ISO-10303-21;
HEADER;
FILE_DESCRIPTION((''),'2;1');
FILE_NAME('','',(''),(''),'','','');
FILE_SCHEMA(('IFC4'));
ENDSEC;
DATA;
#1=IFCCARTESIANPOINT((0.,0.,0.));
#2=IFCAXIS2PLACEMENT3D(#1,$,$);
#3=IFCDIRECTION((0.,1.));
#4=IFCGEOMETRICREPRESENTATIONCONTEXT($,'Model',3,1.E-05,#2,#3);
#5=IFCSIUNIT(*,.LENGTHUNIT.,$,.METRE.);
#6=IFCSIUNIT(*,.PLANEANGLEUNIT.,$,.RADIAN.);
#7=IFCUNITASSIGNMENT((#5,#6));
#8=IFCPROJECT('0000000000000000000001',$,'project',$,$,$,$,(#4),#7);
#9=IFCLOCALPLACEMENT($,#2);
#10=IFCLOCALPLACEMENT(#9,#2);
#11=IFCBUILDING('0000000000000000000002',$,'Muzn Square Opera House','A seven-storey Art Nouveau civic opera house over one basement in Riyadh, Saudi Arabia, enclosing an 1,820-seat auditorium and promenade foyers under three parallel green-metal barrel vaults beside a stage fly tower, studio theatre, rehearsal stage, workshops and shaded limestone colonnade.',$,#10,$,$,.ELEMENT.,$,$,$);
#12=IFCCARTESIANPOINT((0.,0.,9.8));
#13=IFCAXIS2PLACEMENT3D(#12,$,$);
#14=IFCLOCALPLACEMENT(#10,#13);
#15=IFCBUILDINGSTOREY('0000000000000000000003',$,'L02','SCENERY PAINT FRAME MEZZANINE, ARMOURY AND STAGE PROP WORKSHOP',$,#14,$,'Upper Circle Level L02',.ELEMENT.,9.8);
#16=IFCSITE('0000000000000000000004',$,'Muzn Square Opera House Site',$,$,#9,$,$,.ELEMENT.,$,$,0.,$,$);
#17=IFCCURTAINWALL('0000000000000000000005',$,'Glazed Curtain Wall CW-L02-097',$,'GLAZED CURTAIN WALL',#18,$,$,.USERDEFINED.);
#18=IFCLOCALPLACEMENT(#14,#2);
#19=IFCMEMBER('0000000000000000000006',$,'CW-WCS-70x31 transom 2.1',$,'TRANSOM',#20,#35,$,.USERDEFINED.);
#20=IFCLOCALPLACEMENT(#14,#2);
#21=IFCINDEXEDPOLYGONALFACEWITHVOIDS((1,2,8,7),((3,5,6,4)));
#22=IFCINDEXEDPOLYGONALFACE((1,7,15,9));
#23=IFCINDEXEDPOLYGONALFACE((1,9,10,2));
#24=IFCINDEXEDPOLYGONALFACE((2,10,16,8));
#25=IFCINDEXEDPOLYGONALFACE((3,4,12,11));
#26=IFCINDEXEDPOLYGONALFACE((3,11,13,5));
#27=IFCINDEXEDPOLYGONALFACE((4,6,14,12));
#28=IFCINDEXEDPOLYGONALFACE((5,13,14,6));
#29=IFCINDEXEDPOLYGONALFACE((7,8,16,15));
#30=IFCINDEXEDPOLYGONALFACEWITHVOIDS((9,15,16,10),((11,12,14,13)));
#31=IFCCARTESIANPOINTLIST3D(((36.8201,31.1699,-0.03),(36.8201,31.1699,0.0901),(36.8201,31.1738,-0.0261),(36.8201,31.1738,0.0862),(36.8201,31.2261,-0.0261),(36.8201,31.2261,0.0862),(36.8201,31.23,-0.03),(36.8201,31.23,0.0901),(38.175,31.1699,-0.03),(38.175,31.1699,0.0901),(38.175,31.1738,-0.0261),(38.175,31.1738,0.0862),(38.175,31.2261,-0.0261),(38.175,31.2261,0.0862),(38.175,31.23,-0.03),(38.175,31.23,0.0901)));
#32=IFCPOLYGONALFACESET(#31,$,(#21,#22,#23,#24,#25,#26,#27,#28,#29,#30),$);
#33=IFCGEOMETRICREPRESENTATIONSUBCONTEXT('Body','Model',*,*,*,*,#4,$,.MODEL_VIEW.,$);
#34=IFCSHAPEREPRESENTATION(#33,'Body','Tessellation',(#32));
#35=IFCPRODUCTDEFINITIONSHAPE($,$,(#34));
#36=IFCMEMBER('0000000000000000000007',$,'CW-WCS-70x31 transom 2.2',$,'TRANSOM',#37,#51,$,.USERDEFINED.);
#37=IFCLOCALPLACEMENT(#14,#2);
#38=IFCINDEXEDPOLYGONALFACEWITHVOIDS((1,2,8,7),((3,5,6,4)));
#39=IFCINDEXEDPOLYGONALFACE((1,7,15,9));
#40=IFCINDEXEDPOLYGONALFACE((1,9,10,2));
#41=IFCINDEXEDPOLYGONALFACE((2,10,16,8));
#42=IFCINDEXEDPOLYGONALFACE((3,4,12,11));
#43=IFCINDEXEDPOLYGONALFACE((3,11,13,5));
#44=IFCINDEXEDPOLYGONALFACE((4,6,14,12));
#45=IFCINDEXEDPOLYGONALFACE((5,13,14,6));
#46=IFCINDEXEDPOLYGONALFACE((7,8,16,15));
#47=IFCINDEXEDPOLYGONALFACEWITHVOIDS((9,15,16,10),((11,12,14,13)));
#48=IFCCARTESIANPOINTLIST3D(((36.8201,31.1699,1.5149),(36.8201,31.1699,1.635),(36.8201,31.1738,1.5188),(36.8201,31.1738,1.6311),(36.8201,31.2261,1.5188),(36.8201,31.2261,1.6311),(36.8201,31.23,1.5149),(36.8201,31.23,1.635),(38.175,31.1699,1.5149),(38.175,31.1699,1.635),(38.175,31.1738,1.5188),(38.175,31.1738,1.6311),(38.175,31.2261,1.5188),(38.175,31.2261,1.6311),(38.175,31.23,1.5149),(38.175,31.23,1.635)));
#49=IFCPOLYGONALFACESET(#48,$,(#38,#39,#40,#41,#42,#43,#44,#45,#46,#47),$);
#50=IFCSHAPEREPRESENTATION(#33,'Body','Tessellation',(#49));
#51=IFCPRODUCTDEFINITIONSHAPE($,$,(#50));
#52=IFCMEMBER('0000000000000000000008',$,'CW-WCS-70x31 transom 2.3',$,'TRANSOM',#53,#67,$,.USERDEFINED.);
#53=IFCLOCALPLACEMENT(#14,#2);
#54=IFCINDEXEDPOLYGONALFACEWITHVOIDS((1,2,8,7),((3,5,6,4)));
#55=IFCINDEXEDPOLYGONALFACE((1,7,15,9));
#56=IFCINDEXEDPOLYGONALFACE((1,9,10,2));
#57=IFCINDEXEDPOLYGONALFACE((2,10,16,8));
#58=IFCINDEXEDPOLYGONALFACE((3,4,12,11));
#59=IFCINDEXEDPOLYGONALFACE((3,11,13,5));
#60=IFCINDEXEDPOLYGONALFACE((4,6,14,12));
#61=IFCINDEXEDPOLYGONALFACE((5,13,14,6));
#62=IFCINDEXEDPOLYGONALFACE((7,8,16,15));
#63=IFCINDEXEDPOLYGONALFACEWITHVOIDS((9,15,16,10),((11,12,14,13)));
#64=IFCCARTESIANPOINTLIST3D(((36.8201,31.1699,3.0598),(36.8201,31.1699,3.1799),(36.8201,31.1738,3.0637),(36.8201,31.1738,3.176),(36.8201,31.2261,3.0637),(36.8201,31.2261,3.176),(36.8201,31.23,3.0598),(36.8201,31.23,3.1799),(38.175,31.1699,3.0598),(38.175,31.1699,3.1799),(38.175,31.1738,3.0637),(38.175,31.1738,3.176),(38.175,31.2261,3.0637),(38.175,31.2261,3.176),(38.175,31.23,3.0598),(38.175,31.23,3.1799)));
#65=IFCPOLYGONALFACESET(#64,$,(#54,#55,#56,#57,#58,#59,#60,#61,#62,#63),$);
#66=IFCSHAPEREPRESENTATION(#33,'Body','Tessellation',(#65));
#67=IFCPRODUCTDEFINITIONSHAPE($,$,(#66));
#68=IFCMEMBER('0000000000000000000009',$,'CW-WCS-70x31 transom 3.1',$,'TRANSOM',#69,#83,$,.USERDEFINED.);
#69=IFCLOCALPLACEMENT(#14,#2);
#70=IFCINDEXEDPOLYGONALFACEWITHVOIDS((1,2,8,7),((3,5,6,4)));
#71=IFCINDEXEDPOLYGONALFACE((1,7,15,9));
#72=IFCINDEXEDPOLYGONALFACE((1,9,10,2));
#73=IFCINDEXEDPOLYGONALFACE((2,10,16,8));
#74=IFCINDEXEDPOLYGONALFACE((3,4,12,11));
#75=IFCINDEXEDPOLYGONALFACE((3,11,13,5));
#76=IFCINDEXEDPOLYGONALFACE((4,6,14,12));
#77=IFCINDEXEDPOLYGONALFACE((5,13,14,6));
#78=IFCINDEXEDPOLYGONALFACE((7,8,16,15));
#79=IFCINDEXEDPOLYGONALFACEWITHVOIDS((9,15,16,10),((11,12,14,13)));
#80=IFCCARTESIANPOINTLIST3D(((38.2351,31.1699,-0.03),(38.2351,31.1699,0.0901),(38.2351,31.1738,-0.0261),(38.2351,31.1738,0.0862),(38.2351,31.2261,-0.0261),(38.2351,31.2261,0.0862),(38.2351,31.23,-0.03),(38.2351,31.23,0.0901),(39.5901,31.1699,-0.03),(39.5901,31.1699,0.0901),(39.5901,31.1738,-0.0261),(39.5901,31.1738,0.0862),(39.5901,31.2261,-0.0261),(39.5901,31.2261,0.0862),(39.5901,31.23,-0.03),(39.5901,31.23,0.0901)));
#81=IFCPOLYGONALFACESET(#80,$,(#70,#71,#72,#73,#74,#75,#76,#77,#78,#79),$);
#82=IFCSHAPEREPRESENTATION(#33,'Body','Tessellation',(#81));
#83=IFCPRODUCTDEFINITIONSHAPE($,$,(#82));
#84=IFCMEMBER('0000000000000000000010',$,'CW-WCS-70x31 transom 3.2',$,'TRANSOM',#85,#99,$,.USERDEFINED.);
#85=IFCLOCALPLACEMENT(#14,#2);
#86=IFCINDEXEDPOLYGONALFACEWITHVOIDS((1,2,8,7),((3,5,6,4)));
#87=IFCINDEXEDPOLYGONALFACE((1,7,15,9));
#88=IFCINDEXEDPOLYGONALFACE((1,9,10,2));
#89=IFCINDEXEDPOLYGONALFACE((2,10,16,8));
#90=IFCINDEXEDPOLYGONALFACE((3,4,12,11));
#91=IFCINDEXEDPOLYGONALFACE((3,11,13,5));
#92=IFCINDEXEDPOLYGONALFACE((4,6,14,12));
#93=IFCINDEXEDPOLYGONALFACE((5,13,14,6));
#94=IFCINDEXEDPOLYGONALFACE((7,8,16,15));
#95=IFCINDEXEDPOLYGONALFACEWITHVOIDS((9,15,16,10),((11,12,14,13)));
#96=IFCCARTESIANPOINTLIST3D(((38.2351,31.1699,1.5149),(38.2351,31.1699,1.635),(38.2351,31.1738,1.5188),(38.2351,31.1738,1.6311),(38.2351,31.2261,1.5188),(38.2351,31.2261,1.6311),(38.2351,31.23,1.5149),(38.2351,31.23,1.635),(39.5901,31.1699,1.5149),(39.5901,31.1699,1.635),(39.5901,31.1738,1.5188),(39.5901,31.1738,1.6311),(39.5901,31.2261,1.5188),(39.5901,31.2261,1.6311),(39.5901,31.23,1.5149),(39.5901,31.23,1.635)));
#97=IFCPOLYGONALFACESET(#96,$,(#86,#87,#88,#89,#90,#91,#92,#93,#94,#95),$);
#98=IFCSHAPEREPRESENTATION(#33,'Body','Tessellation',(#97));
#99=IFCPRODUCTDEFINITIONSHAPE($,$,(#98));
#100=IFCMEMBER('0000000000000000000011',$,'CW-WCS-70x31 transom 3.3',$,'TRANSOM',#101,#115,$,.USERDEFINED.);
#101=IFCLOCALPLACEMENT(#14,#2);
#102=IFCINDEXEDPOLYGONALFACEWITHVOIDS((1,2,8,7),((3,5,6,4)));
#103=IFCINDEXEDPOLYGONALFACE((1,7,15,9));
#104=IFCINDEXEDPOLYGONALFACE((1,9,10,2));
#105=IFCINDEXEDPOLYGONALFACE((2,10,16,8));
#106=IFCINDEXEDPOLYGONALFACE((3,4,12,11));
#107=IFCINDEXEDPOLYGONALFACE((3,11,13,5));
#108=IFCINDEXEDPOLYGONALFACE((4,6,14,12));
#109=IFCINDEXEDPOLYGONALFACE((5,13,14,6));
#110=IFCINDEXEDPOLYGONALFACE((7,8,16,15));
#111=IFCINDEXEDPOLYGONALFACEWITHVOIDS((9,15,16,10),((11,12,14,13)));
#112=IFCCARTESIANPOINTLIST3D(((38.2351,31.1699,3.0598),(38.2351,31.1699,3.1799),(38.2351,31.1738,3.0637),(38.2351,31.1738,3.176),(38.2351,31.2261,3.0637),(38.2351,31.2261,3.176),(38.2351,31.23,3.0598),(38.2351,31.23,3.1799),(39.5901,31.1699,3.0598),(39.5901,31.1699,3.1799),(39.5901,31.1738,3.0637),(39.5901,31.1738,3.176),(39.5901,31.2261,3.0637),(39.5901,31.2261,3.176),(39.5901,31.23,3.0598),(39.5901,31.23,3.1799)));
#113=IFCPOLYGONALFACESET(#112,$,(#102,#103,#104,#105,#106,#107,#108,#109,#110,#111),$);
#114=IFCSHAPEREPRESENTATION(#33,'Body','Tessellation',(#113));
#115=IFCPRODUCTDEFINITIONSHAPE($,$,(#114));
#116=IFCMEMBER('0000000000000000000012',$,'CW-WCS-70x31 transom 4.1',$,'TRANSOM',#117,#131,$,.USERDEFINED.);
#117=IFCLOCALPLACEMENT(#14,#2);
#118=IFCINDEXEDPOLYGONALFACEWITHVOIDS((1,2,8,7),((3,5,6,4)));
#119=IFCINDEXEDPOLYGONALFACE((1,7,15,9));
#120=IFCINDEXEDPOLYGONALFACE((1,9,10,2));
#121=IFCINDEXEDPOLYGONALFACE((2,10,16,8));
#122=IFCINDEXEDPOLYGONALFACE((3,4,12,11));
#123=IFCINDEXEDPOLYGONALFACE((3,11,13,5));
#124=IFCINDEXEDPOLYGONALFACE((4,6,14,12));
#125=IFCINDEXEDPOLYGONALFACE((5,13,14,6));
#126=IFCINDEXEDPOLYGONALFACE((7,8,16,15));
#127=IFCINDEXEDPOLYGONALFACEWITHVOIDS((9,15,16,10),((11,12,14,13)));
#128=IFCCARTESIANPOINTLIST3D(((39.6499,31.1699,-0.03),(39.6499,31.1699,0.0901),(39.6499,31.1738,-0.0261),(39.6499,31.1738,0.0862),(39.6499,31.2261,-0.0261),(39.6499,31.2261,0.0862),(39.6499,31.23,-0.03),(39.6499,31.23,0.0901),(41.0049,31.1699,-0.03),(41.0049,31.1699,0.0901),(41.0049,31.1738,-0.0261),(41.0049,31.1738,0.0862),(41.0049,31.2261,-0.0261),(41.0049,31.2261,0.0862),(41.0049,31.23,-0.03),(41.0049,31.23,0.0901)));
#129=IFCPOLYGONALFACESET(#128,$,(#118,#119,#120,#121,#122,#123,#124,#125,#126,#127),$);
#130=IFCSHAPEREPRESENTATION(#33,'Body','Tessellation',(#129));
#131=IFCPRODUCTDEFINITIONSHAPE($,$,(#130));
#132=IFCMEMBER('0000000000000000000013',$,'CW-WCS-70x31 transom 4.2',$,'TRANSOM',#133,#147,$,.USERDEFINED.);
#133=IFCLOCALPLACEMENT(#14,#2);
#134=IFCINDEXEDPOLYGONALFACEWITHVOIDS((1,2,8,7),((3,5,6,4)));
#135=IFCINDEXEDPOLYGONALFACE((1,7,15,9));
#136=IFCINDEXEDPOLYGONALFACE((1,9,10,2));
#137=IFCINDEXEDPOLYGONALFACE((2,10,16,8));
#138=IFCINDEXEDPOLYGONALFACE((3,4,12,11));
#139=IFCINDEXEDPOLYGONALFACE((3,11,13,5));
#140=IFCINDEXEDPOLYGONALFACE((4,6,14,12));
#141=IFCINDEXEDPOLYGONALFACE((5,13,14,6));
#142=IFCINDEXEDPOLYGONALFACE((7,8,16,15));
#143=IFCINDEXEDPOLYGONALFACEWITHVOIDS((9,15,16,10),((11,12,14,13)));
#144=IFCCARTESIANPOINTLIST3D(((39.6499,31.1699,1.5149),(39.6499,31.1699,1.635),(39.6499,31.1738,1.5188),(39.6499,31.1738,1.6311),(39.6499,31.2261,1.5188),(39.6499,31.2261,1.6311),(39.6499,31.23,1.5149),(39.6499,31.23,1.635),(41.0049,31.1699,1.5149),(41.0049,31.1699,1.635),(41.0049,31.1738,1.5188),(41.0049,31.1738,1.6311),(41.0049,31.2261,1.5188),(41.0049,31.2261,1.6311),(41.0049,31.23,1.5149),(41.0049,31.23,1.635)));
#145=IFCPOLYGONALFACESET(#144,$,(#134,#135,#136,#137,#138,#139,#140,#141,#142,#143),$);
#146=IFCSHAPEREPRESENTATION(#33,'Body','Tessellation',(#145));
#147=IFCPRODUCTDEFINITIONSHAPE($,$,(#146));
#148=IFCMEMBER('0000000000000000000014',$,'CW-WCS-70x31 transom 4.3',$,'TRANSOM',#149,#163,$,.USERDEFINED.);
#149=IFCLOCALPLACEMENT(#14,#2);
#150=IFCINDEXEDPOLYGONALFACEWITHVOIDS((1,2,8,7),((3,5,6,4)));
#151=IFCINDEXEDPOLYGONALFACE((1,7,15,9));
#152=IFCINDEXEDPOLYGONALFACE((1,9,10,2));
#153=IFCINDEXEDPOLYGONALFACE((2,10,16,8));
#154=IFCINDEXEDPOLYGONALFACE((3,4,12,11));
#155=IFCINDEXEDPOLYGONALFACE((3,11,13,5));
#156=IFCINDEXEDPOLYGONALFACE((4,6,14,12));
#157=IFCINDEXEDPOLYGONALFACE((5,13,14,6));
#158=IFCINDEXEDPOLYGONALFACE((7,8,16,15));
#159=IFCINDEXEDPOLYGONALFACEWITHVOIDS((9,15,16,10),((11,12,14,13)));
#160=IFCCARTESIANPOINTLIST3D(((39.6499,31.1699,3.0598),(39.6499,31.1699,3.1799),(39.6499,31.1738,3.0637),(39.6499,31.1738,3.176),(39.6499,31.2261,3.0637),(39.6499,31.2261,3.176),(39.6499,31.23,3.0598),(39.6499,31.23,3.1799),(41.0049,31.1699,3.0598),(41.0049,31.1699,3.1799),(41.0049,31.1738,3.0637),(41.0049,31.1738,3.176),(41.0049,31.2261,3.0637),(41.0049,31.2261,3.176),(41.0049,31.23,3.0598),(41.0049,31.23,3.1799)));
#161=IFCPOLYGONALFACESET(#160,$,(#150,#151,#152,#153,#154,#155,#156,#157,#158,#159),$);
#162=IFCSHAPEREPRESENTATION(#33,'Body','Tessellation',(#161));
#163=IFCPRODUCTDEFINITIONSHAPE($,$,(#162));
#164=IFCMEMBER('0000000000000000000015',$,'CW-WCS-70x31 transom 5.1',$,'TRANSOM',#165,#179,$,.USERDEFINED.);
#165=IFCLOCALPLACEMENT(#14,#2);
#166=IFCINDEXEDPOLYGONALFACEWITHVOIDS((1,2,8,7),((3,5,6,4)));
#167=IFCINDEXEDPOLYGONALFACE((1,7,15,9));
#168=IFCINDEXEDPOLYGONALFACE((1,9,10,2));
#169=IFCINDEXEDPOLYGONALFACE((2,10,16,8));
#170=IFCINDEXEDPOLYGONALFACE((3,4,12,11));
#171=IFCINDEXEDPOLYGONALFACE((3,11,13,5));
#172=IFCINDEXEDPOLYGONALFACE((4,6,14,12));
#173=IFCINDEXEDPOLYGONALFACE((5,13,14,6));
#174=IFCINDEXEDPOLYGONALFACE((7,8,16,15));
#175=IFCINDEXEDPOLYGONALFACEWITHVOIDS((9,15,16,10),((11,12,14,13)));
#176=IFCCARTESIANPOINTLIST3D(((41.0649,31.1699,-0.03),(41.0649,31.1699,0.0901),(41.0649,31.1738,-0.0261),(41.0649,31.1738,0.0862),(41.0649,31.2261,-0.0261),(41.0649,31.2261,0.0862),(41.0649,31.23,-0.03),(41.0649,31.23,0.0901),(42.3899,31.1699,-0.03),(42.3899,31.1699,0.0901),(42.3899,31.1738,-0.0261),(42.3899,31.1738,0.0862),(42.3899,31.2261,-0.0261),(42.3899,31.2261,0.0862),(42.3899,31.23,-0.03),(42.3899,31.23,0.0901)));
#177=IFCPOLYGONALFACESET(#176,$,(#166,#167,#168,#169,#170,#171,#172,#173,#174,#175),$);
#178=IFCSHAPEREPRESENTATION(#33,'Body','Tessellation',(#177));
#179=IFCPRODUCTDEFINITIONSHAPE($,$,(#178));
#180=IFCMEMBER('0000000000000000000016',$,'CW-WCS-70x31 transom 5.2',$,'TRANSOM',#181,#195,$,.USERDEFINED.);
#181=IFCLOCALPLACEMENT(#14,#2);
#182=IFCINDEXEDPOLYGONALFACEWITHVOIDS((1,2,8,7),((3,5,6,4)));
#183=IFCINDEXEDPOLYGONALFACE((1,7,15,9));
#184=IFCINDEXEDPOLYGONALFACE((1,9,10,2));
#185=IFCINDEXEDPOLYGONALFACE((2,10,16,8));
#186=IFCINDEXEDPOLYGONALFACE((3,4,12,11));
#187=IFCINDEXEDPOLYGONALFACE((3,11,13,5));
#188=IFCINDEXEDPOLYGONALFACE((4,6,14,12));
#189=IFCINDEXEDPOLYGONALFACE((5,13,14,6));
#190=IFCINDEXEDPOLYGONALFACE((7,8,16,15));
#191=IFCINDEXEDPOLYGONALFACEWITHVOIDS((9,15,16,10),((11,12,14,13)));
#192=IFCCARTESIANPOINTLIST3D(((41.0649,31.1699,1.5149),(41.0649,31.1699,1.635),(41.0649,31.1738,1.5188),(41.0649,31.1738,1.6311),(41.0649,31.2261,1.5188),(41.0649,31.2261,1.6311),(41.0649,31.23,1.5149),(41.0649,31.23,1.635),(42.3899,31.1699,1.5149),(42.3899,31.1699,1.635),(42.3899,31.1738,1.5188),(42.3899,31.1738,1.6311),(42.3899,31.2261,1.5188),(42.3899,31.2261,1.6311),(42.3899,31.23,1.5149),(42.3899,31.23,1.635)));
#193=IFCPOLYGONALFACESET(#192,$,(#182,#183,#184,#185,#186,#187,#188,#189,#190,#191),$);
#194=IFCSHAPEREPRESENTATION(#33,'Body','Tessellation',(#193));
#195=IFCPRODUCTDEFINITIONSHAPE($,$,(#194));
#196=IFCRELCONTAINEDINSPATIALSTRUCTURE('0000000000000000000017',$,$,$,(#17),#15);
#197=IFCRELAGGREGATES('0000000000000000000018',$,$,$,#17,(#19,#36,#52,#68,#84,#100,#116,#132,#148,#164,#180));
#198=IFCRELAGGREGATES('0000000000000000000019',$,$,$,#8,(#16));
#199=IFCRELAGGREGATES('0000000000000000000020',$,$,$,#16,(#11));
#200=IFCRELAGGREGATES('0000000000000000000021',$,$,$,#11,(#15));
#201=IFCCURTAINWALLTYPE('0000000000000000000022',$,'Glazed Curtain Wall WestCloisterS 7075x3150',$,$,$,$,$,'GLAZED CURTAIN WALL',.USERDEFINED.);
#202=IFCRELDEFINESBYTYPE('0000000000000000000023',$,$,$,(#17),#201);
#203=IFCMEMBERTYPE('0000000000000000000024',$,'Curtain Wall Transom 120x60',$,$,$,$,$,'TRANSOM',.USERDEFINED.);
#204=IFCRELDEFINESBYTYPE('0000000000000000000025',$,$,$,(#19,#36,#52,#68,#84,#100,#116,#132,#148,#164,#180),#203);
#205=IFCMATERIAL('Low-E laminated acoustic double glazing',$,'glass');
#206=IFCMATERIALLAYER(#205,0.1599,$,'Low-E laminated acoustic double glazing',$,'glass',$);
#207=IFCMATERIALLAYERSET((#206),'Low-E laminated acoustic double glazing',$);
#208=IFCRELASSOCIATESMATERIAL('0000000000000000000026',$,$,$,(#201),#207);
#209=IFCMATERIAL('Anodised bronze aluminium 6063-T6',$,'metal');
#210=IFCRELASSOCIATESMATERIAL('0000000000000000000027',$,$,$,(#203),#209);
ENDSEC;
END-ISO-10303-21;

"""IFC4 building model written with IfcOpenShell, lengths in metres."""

from ifc_helpers import new_model, si_unit, direction, frame, origin, origin_2d, place, context, subcontext, project, spatial, hollow_rectangle, extrude, material, layer, layer_set, material_profile, profile_set, type_object, element, aggregate, save


model = new_model("IFC4")

# Units and contexts
model_context = context("Model", 3, precision=1e-05, world=origin(), true_north=direction((0.0, 1.0)))
body_context = subcontext(model_context, "Body", "Model", "MODEL_VIEW")
ifc_project = project(units=[si_unit("LENGTHUNIT", "METRE"), si_unit("PLANEANGLEUNIT", "RADIAN")], contexts=[model_context])

# Site, building, storey
site_placement = place(None, origin())
site = spatial("IfcSite", under=ifc_project, at=site_placement, Name="Muzn Square Opera House Site", CompositionType="ELEMENT", RefElevation=0.0)
building_placement = place(site_placement, origin())
building = spatial("IfcBuilding", under=site, at=building_placement, Name="Muzn Square Opera House", Description="A seven-storey Art Nouveau civic opera house over one basement in Riyadh, Saudi Arabia, enclosing an 1,820-seat auditorium and promenade foyers under three parallel green-metal barrel vaults beside a stage fly tower, studio theatre, rehearsal stage, workshops and shaded limestone colonnade.", CompositionType="ELEMENT")
storey_placement = place(building_placement, frame((0.0, 0.0, 9.8)))
storey = spatial("IfcBuildingStorey", under=building, at=storey_placement, Name="L02", Description="SCENERY PAINT FRAME MEZZANINE, ARMOURY AND STAGE PROP WORKSHOP", LongName="Upper Circle Level L02", CompositionType="ELEMENT", Elevation=9.8)

# Shared definitions
ifc_material_1 = material(Name="Low-E laminated acoustic double glazing", Category="glass")
ifc_material_2 = material(Name="Anodised bronze aluminium 6063-T6", Category="metal")

# Curtain wall
ifc_layer_1 = layer(ifc_material_1, 0.1599, Name="Low-E laminated acoustic double glazing", Category="glass")
ifc_layer_set_1 = layer_set([ifc_layer_1], Name="Low-E laminated acoustic double glazing")
curtain_wall_type_1 = type_object("IfcCurtainWallType", Name="Glazed Curtain Wall WestCloisterS 7075x3150", ElementType="GLAZED CURTAIN WALL", PredefinedType="USERDEFINED", material=ifc_layer_set_1)
curtain_wall_1_placement = place(storey_placement, origin())
curtain_wall_1 = element("IfcCurtainWall", 1, at=curtain_wall_1_placement, inside=storey, type_object=curtain_wall_type_1, Name="Glazed Curtain Wall CW-L02-097", ObjectType="GLAZED CURTAIN WALL", PredefinedType="USERDEFINED")

# Members
ifc_material_profile_1 = material_profile(ifc_material_2, hollow_rectangle(XDim=0.0601, YDim=0.1201, WallThickness=0.0039, at=origin_2d()), Name="ALU 120x60x4", Category="metal")
ifc_profile_set_1 = profile_set([ifc_material_profile_1], Name="Anodised bronze aluminium 6063-T6")
member_type_1 = type_object("IfcMemberType", Name="Curtain Wall Transom 120x60", ElementType="TRANSOM", PredefinedType="USERDEFINED", material=ifc_profile_set_1)
member_1_placement = place(storey_placement, frame((36.8201, 31.2, 0.03), z_axis=(1.0, 0.0, 0.0), x_axis=(0.0, 1.0, 0.0)))
member_1 = element("IfcMember", 2, at=member_1_placement, type_object=member_type_1, Name="CW-WCS-70x31 transom 2.1", ObjectType="TRANSOM", PredefinedType="USERDEFINED", context=body_context, shape_type="SweptSolid", body=[
    extrude(hollow_rectangle(XDim=0.0601, YDim=0.1201, WallThickness=0.0039, at=origin_2d()), origin(), (0.0, 0.0, 1.0), 1.355),
])
member_2_placement = place(storey_placement, frame((36.8201, 31.2, 1.575), z_axis=(1.0, 0.0, 0.0), x_axis=(0.0, 1.0, 0.0)))
member_2 = element("IfcMember", 3, at=member_2_placement, type_object=member_type_1, Name="CW-WCS-70x31 transom 2.2", ObjectType="TRANSOM", PredefinedType="USERDEFINED", context=body_context, shape_type="SweptSolid", body=[
    extrude(hollow_rectangle(XDim=0.0601, YDim=0.1201, WallThickness=0.0039, at=origin_2d()), origin(), (0.0, 0.0, 1.0), 1.355),
])
member_3_placement = place(storey_placement, frame((36.8201, 31.2, 3.1199), z_axis=(1.0, 0.0, 0.0), x_axis=(0.0, 1.0, 0.0)))
member_3 = element("IfcMember", 4, at=member_3_placement, type_object=member_type_1, Name="CW-WCS-70x31 transom 2.3", ObjectType="TRANSOM", PredefinedType="USERDEFINED", context=body_context, shape_type="SweptSolid", body=[
    extrude(hollow_rectangle(XDim=0.0601, YDim=0.1201, WallThickness=0.0039, at=origin_2d()), origin(), (0.0, 0.0, 1.0), 1.355),
])
member_4_placement = place(storey_placement, frame((38.2351, 31.2, 0.03), z_axis=(1.0, 0.0, 0.0), x_axis=(0.0, 1.0, 0.0)))
member_4 = element("IfcMember", 5, at=member_4_placement, type_object=member_type_1, Name="CW-WCS-70x31 transom 3.1", ObjectType="TRANSOM", PredefinedType="USERDEFINED", context=body_context, shape_type="SweptSolid", body=[
    extrude(hollow_rectangle(XDim=0.0601, YDim=0.1201, WallThickness=0.0039, at=origin_2d()), origin(), (0.0, 0.0, 1.0), 1.355),
])
member_5_placement = place(storey_placement, frame((38.2351, 31.2, 1.575), z_axis=(1.0, 0.0, 0.0), x_axis=(0.0, 1.0, 0.0)))
member_5 = element("IfcMember", 6, at=member_5_placement, type_object=member_type_1, Name="CW-WCS-70x31 transom 3.2", ObjectType="TRANSOM", PredefinedType="USERDEFINED", context=body_context, shape_type="SweptSolid", body=[
    extrude(hollow_rectangle(XDim=0.0601, YDim=0.1201, WallThickness=0.0039, at=origin_2d()), origin(), (0.0, 0.0, 1.0), 1.355),
])
member_6_placement = place(storey_placement, frame((38.2351, 31.2, 3.1199), z_axis=(1.0, 0.0, 0.0), x_axis=(0.0, 1.0, 0.0)))
member_6 = element("IfcMember", 7, at=member_6_placement, type_object=member_type_1, Name="CW-WCS-70x31 transom 3.3", ObjectType="TRANSOM", PredefinedType="USERDEFINED", context=body_context, shape_type="SweptSolid", body=[
    extrude(hollow_rectangle(XDim=0.0601, YDim=0.1201, WallThickness=0.0039, at=origin_2d()), origin(), (0.0, 0.0, 1.0), 1.355),
])
member_7_placement = place(storey_placement, frame((39.6499, 31.2, 0.03), z_axis=(1.0, 0.0, 0.0), x_axis=(0.0, 1.0, 0.0)))
member_7 = element("IfcMember", 8, at=member_7_placement, type_object=member_type_1, Name="CW-WCS-70x31 transom 4.1", ObjectType="TRANSOM", PredefinedType="USERDEFINED", context=body_context, shape_type="SweptSolid", body=[
    extrude(hollow_rectangle(XDim=0.0601, YDim=0.1201, WallThickness=0.0039, at=origin_2d()), origin(), (0.0, 0.0, 1.0), 1.355),
])
member_8_placement = place(storey_placement, frame((39.6499, 31.2, 1.575), z_axis=(1.0, 0.0, 0.0), x_axis=(0.0, 1.0, 0.0)))
member_8 = element("IfcMember", 9, at=member_8_placement, type_object=member_type_1, Name="CW-WCS-70x31 transom 4.2", ObjectType="TRANSOM", PredefinedType="USERDEFINED", context=body_context, shape_type="SweptSolid", body=[
    extrude(hollow_rectangle(XDim=0.0601, YDim=0.1201, WallThickness=0.0039, at=origin_2d()), origin(), (0.0, 0.0, 1.0), 1.355),
])
member_9_placement = place(storey_placement, frame((39.6499, 31.2, 3.1199), z_axis=(1.0, 0.0, 0.0), x_axis=(0.0, 1.0, 0.0)))
member_9 = element("IfcMember", 10, at=member_9_placement, type_object=member_type_1, Name="CW-WCS-70x31 transom 4.3", ObjectType="TRANSOM", PredefinedType="USERDEFINED", context=body_context, shape_type="SweptSolid", body=[
    extrude(hollow_rectangle(XDim=0.0601, YDim=0.1201, WallThickness=0.0039, at=origin_2d()), origin(), (0.0, 0.0, 1.0), 1.355),
])
member_10_placement = place(storey_placement, frame((41.0649, 31.2, 0.03), z_axis=(1.0, 0.0, 0.0), x_axis=(0.0, 1.0, 0.0)))
member_10 = element("IfcMember", 11, at=member_10_placement, type_object=member_type_1, Name="CW-WCS-70x31 transom 5.1", ObjectType="TRANSOM", PredefinedType="USERDEFINED", context=body_context, shape_type="SweptSolid", body=[
    extrude(hollow_rectangle(XDim=0.0601, YDim=0.1201, WallThickness=0.0039, at=origin_2d()), origin(), (0.0, 0.0, 1.0), 1.325),
])
member_11_placement = place(storey_placement, frame((41.0649, 31.2, 1.575), z_axis=(1.0, 0.0, 0.0), x_axis=(0.0, 1.0, 0.0)))
member_11 = element("IfcMember", 12, at=member_11_placement, type_object=member_type_1, Name="CW-WCS-70x31 transom 5.2", ObjectType="TRANSOM", PredefinedType="USERDEFINED", context=body_context, shape_type="SweptSolid", body=[
    extrude(hollow_rectangle(XDim=0.0601, YDim=0.1201, WallThickness=0.0039, at=origin_2d()), origin(), (0.0, 0.0, 1.0), 1.325),
])

aggregate(curtain_wall_1, [member_1, member_2, member_3, member_4, member_5, member_6, member_7, member_8, member_9, member_10, member_11])

save(model, "model.ifc")
